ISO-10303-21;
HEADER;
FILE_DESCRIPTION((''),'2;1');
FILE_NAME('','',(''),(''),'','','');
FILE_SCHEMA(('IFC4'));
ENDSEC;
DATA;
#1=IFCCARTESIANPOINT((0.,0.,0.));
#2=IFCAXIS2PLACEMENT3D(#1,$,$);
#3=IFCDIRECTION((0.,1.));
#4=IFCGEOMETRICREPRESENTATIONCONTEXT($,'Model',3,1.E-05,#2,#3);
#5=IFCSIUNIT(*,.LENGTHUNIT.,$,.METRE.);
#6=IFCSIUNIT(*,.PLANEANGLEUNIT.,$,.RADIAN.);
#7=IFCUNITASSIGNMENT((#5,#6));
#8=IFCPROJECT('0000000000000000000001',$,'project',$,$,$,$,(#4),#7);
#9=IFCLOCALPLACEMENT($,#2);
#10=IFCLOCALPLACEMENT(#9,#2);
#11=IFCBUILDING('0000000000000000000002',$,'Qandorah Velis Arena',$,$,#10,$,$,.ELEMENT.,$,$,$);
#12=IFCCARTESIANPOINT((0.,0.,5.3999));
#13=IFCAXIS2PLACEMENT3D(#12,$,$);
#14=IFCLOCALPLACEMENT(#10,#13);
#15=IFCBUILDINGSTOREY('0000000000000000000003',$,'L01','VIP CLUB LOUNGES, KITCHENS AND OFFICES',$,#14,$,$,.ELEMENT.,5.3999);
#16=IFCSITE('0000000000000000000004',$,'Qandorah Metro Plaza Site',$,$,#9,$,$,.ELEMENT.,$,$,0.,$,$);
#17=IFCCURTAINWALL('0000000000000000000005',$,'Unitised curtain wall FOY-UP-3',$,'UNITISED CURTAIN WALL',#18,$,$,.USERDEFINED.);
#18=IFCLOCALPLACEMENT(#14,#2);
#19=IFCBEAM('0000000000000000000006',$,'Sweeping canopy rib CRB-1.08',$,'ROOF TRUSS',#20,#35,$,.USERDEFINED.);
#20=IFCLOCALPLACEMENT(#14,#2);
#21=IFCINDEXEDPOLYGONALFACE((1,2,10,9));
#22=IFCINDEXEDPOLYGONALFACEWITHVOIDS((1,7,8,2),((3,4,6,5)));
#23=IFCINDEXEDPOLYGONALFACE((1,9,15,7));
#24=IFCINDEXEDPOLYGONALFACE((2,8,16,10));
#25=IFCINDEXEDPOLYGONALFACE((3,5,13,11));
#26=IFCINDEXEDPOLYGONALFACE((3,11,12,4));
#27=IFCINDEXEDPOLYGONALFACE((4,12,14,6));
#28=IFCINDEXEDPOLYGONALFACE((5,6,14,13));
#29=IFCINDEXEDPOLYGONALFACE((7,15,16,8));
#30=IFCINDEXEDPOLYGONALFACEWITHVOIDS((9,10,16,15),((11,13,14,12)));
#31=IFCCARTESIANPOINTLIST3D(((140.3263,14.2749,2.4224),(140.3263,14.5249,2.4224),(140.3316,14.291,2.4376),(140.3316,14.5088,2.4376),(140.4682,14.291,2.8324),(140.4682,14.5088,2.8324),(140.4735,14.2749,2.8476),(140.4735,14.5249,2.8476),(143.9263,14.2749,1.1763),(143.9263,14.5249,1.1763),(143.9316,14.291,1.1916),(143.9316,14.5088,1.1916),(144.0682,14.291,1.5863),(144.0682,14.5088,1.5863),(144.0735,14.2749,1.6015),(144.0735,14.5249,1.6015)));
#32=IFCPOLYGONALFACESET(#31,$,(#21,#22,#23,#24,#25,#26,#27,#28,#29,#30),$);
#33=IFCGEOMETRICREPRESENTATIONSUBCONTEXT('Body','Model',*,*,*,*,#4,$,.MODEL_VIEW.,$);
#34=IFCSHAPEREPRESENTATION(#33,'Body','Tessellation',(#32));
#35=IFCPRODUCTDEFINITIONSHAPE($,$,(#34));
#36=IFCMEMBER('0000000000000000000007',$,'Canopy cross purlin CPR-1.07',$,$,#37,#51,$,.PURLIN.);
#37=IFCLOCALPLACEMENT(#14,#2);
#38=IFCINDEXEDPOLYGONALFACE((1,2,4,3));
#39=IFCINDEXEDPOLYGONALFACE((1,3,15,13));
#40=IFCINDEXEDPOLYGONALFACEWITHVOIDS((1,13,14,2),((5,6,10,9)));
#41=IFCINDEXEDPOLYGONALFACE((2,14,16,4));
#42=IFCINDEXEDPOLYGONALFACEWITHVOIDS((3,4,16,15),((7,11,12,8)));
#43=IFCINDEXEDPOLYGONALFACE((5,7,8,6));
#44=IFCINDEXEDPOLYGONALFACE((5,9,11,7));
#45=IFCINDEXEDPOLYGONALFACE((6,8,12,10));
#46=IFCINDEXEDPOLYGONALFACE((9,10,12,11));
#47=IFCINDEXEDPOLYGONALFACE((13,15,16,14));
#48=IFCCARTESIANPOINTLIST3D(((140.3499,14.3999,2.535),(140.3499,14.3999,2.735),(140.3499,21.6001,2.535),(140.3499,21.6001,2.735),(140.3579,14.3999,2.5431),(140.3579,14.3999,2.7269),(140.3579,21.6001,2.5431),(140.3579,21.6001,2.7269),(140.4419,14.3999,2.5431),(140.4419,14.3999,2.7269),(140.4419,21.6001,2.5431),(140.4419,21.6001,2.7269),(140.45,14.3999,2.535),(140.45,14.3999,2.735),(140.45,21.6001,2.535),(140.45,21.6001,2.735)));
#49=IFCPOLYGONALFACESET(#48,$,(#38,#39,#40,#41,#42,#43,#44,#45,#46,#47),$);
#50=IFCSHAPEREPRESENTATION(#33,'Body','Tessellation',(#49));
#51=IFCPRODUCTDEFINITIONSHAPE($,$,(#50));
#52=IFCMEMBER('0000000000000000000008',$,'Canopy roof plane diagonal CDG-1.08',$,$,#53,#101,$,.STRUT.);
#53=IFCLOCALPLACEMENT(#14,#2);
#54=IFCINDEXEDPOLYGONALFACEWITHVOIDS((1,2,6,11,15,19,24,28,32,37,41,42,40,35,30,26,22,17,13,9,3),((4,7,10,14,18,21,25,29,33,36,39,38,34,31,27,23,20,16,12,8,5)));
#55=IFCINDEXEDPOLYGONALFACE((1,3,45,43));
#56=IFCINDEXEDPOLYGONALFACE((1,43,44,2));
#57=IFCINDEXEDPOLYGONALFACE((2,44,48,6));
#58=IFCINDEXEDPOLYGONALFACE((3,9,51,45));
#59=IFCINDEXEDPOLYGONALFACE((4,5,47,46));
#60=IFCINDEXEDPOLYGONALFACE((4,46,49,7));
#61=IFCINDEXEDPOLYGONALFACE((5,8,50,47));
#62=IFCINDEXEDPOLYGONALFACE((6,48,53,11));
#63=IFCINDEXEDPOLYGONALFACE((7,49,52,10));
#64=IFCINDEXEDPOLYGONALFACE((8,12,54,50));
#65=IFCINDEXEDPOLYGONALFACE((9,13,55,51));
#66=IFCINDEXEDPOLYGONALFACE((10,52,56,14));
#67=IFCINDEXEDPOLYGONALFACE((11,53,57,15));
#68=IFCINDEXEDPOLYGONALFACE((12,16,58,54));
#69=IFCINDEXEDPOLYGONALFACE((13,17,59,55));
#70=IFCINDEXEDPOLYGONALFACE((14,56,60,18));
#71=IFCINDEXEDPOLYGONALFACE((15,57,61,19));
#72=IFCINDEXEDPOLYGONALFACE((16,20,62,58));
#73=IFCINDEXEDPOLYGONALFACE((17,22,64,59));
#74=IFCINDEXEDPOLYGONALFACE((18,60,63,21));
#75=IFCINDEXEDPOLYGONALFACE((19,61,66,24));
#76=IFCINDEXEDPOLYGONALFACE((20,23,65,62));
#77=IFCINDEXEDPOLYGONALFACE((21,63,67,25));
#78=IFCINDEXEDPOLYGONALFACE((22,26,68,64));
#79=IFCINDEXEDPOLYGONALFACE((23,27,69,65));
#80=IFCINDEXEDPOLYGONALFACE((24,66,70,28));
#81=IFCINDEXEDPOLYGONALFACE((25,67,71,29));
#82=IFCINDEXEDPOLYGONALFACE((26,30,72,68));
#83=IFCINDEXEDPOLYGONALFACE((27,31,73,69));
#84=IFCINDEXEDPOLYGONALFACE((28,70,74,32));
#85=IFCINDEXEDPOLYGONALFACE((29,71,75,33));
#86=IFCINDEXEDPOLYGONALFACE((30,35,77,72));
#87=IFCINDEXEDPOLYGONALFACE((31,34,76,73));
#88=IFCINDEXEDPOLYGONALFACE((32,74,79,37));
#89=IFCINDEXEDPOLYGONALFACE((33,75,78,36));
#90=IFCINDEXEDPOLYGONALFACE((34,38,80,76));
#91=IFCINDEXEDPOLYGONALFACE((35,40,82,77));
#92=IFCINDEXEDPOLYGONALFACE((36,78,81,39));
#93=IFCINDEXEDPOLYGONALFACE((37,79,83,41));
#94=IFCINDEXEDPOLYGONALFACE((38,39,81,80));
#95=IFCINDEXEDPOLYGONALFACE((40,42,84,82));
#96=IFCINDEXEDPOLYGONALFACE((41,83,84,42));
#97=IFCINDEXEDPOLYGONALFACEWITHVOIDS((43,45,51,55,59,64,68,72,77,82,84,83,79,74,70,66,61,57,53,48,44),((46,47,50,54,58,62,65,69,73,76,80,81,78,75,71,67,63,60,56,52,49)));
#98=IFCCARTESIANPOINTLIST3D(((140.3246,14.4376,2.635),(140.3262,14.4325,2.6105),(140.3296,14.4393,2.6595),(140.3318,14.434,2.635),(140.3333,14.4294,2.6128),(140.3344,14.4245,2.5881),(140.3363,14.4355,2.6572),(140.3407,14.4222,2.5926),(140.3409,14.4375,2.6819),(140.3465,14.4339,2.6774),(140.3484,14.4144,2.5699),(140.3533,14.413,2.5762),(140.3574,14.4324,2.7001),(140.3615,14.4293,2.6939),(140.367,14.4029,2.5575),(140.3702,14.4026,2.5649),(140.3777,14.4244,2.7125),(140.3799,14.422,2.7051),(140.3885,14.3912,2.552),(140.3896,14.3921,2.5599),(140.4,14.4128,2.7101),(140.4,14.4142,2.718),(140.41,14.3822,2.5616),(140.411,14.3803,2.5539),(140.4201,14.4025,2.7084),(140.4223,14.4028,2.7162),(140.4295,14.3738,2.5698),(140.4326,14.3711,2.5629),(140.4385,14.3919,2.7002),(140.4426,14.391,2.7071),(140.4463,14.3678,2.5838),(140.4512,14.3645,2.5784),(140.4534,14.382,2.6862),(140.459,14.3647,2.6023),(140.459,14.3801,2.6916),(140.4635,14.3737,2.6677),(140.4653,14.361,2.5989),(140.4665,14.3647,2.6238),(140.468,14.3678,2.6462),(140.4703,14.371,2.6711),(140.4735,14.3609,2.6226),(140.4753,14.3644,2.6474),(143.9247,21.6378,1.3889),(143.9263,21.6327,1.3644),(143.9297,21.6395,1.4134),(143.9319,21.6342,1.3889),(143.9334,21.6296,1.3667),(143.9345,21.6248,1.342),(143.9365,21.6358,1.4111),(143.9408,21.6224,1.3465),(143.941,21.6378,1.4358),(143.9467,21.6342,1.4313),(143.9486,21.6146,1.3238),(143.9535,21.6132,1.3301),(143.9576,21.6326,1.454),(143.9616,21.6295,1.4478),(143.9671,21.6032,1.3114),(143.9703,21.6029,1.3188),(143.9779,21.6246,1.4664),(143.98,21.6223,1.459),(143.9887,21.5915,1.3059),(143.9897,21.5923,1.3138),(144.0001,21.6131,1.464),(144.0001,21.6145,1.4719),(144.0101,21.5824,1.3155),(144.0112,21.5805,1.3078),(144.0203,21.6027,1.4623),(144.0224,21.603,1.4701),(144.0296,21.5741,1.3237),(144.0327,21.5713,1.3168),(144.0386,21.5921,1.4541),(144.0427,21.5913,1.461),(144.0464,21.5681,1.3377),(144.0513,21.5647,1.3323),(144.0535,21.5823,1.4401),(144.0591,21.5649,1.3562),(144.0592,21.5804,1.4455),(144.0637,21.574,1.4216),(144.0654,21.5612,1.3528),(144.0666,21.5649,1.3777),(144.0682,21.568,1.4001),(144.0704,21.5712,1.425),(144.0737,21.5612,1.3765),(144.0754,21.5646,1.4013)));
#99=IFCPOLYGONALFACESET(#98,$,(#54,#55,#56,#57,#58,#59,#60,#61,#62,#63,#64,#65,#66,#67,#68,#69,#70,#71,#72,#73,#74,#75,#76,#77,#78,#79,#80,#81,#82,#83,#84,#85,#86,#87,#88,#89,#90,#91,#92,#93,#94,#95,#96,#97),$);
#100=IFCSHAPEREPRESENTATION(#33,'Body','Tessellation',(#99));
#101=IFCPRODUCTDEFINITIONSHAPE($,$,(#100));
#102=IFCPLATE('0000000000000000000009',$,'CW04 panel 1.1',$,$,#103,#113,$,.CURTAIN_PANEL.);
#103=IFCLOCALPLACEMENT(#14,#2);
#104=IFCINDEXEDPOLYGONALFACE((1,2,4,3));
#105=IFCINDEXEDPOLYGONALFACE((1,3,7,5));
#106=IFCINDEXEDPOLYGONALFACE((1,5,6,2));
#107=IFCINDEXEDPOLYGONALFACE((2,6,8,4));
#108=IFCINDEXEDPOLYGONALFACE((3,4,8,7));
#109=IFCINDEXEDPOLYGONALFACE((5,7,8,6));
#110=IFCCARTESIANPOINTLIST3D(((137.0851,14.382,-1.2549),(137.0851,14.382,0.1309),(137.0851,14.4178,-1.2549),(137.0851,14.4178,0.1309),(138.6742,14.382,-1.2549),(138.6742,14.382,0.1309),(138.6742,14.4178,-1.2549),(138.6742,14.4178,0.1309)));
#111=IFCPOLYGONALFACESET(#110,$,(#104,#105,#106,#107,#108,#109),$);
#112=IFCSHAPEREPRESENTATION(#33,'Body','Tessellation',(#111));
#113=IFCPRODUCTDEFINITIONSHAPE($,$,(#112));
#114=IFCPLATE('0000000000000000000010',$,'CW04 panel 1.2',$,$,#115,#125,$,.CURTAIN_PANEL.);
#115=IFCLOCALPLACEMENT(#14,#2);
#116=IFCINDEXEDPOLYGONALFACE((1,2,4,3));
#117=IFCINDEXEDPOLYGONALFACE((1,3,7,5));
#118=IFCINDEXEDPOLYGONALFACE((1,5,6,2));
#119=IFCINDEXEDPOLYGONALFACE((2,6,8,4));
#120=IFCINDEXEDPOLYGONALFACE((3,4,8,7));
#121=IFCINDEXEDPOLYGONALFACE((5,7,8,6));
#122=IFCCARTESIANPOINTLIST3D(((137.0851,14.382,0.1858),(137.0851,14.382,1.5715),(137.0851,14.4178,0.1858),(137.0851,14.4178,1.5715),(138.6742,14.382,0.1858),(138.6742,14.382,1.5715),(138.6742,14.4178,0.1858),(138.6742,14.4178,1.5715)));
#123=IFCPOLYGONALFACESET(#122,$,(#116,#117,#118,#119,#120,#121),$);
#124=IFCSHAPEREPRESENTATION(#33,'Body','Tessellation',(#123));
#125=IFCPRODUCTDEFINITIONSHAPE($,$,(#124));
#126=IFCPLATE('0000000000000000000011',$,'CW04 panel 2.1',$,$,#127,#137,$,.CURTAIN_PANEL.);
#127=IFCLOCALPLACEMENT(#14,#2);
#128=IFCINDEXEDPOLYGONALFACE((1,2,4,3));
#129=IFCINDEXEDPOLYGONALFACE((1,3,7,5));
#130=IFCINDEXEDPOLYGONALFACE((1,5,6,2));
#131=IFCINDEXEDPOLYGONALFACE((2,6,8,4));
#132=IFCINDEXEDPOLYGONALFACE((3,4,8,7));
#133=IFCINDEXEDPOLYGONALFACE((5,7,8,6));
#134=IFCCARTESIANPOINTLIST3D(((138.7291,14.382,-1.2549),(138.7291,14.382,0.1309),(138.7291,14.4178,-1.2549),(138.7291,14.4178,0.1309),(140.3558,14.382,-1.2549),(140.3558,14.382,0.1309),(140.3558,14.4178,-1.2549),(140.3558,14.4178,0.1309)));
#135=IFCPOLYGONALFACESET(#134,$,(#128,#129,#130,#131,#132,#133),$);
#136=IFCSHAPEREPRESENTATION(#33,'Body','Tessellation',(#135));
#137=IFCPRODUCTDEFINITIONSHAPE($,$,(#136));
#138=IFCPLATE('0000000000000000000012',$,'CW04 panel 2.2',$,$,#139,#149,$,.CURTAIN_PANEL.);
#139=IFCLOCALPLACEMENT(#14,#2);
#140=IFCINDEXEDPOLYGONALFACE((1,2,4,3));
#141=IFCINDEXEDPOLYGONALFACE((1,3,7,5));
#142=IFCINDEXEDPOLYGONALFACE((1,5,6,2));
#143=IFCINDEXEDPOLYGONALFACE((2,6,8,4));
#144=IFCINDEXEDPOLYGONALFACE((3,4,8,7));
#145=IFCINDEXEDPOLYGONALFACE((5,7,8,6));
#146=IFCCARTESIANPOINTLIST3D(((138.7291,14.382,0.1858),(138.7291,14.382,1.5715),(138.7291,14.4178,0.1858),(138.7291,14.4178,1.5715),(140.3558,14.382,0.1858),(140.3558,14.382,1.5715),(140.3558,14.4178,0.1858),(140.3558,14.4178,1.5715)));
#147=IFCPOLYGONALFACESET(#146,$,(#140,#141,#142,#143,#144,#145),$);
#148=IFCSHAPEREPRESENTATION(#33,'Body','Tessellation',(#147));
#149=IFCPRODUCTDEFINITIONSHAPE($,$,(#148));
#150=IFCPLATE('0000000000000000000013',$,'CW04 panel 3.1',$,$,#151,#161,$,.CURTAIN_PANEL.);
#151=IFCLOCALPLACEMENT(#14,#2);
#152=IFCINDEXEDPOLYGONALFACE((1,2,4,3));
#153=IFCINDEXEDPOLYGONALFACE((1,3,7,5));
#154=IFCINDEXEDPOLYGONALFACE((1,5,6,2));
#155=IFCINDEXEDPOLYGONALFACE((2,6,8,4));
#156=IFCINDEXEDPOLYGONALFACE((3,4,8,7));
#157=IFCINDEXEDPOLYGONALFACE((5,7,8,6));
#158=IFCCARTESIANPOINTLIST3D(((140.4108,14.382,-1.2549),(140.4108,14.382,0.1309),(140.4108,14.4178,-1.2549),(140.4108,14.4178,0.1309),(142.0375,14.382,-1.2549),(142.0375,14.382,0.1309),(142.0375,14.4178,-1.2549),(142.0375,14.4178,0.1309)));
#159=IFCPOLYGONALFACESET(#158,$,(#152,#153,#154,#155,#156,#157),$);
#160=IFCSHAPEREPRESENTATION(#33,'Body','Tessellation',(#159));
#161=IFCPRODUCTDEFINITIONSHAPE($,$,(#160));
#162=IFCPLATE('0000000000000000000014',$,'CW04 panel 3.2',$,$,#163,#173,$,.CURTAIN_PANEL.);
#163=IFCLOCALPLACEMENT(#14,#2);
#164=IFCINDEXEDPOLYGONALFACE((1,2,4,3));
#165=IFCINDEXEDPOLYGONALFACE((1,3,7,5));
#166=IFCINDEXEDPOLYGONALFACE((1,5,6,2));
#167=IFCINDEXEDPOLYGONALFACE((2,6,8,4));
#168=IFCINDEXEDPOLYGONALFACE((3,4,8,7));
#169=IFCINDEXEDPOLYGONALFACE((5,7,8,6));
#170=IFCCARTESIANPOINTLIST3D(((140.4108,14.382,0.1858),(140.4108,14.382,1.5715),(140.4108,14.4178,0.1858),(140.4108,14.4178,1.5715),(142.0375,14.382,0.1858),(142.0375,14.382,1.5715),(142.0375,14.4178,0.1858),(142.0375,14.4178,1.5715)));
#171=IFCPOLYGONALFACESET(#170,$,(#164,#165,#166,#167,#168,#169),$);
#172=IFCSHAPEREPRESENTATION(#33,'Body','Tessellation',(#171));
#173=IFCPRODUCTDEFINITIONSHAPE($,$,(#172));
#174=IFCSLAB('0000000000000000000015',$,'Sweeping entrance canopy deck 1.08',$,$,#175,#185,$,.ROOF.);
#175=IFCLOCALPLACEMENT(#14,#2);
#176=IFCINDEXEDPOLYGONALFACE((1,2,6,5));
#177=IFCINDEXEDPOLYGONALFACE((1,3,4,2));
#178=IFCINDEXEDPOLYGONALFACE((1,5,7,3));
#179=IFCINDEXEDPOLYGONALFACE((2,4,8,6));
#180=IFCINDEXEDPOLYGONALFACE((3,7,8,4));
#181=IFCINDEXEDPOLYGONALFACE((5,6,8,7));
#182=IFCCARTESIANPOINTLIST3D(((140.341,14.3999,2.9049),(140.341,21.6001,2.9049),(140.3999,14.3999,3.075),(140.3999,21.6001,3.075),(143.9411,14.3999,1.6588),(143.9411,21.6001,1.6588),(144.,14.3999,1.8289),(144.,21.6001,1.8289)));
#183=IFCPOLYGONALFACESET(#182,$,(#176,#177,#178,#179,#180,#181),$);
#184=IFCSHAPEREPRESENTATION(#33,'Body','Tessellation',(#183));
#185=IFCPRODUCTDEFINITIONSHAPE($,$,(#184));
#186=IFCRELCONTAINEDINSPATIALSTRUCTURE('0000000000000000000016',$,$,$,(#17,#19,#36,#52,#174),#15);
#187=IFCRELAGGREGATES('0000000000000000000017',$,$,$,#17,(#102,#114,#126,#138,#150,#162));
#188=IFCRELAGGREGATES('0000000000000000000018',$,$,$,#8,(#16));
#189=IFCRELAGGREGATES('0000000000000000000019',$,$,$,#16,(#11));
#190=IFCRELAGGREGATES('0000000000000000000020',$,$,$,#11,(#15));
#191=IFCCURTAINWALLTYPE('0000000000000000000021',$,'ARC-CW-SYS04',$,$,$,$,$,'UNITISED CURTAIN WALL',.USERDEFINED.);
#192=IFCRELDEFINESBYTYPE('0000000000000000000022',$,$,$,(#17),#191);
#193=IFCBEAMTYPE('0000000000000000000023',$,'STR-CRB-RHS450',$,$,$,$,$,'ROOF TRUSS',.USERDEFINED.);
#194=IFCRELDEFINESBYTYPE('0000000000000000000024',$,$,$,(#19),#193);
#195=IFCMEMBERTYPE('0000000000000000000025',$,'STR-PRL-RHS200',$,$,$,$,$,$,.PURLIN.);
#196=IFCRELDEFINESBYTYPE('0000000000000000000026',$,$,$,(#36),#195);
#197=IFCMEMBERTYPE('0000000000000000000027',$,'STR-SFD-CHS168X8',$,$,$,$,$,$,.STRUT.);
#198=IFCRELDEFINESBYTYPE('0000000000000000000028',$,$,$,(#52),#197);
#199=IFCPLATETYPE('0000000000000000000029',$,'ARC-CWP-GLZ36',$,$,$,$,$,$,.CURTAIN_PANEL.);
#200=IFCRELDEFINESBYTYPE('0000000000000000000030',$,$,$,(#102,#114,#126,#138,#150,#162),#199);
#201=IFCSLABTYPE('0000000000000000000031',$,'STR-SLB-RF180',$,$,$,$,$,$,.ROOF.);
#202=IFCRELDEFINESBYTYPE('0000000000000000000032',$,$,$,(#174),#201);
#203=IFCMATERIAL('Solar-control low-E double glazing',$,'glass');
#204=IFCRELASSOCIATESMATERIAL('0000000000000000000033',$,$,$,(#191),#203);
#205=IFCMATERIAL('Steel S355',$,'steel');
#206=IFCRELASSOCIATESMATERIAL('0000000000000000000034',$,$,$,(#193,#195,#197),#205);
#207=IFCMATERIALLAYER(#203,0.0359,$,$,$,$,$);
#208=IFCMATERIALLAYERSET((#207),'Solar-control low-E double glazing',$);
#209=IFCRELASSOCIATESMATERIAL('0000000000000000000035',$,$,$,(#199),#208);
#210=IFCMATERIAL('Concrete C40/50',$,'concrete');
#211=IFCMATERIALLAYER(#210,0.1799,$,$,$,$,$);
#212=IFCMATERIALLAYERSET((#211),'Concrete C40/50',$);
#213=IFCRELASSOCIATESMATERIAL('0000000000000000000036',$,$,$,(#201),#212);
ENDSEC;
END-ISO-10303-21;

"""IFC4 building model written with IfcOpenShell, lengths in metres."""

from ifc_helpers import new_model, si_unit, direction, frame, origin, origin_2d, place, context, subcontext, project, spatial, polyline, rectangle, hollow_rectangle, hollow_circle, outline, extrude, material, layer, layer_set, material_profile, profile_set, type_object, element, aggregate, save


model = new_model("IFC4")

# Units and contexts
model_context = context("Model", 3, precision=1e-05, world=origin(), true_north=direction((0.0, 1.0)))
body_context = subcontext(model_context, "Body", "Model", "MODEL_VIEW")
ifc_project = project(units=[si_unit("LENGTHUNIT", "METRE"), si_unit("PLANEANGLEUNIT", "RADIAN")], contexts=[model_context])

# Site, building, storey
site_placement = place(None, origin())
site = spatial("IfcSite", under=ifc_project, at=site_placement, Name="Qandorah Metro Plaza Site", CompositionType="ELEMENT", RefElevation=0.0)
building_placement = place(site_placement, origin())
building = spatial("IfcBuilding", under=site, at=building_placement, Name="Qandorah Velis Arena", CompositionType="ELEMENT")
storey_placement = place(building_placement, frame((0.0, 0.0, 5.3999)))
storey = spatial("IfcBuildingStorey", under=building, at=storey_placement, Name="L01", Description="VIP CLUB LOUNGES, KITCHENS AND OFFICES", CompositionType="ELEMENT", Elevation=5.3999)

# Curtain wall
ifc_material_1 = material(Name="Solar-control low-E double glazing", Category="glass")
curtain_wall_type = type_object("IfcCurtainWallType", Name="ARC-CW-SYS04", ElementType="UNITISED CURTAIN WALL", PredefinedType="USERDEFINED", material=ifc_material_1)
curtain_wall_placement = place(storey_placement, origin())
curtain_wall = element("IfcCurtainWall", 1, at=curtain_wall_placement, inside=storey, type_object=curtain_wall_type, Name="Unitised curtain wall FOY-UP-3", ObjectType="UNITISED CURTAIN WALL", PredefinedType="USERDEFINED")

# Beam
ifc_material_2 = material(Name="Steel S355", Category="steel")
ifc_material_profile_1 = material_profile(ifc_material_2, hollow_rectangle(XDim=0.25, YDim=0.45, WallThickness=0.0161, at=origin_2d()), Name="RHS 450x250x16")
ifc_profile_set_1 = profile_set([ifc_material_profile_1], Name="Steel S355")
beam_type = type_object("IfcBeamType", Name="STR-CRB-RHS450", ElementType="ROOF TRUSS", PredefinedType="USERDEFINED", material=ifc_profile_set_1)
beam_placement = place(storey_placement, frame((140.3999, 14.3999, 2.635), z_axis=(0.944994, 0.0, -0.327089), x_axis=(0.0, 1.0, 0.0)))
element("IfcBeam", 2, at=beam_placement, inside=storey, type_object=beam_type, Name="Sweeping canopy rib CRB-1.08", ObjectType="ROOF TRUSS", PredefinedType="USERDEFINED", context=body_context, shape_type="SweptSolid", body=[
    extrude(hollow_rectangle(XDim=0.25, YDim=0.45, WallThickness=0.0161, at=origin_2d()), origin(), (0.0, 0.0, 1.0), 3.8096),
])

# Members
ifc_material_profile_2 = material_profile(ifc_material_2, hollow_rectangle(XDim=0.1001, YDim=0.2, WallThickness=0.0081, at=origin_2d()), Name="RHS 200x100x8")
ifc_profile_set_2 = profile_set([ifc_material_profile_2], Name="Steel S355")
member_type_1 = type_object("IfcMemberType", Name="STR-PRL-RHS200", PredefinedType="PURLIN", material=ifc_profile_set_2)
member_1_placement = place(storey_placement, frame((140.3999, 14.3999, 2.635), z_axis=(0.0, 1.0, 0.0), x_axis=(-1.0, 0.0, 0.0)))
element("IfcMember", 3, at=member_1_placement, inside=storey, type_object=member_type_1, Name="Canopy cross purlin CPR-1.07", PredefinedType="PURLIN", context=body_context, shape_type="SweptSolid", body=[
    extrude(hollow_rectangle(XDim=0.1001, YDim=0.2, WallThickness=0.0081, at=origin_2d()), origin(), (0.0, 0.0, 1.0), 7.2002),
])
ifc_material_profile_3 = material_profile(ifc_material_2, hollow_circle(Radius=0.0842, WallThickness=0.0081, at=origin_2d()), Name="CHS 168.3x8")
ifc_profile_set_3 = profile_set([ifc_material_profile_3], Name="Steel S355")
member_type_2 = type_object("IfcMemberType", Name="STR-SFD-CHS168X8", PredefinedType="STRUT", material=ifc_profile_set_3)
member_2_placement = place(storey_placement, frame((140.3999, 14.3999, 2.635), z_axis=(0.44195, 0.8839, -0.152971), x_axis=(-0.894427, 0.447214, 0.0)))
element("IfcMember", 4, at=member_2_placement, inside=storey, type_object=member_type_2, Name="Canopy roof plane diagonal CDG-1.08", PredefinedType="STRUT", context=body_context, shape_type="SweptSolid", body=[
    extrude(hollow_circle(Radius=0.0842, WallThickness=0.0081, at=origin_2d()), origin(), (0.0, 0.0, 1.0), 8.146),
])

# Plates
ifc_layer_1 = layer(ifc_material_1, 0.0359)
ifc_layer_set_1 = layer_set([ifc_layer_1], Name="Solar-control low-E double glazing")
plate_type = type_object("IfcPlateType", Name="ARC-CWP-GLZ36", PredefinedType="CURTAIN_PANEL", material=ifc_layer_set_1)
plate_1_placement = place(storey_placement, frame((137.8796, 14.3999, -1.2549), z_axis=(0.0, 0.0, 1.0), x_axis=(1.0, 0.0, 0.0)))
plate_1 = element("IfcPlate", 5, at=plate_1_placement, type_object=plate_type, Name="CW04 panel 1.1", PredefinedType="CURTAIN_PANEL", context=body_context, shape_type="SweptSolid", body=[
    extrude(rectangle(XDim=1.5891, YDim=0.0359, at=origin_2d()), origin(), (0.0, 0.0, 1.0), 1.3857),
])
plate_2_placement = place(storey_placement, frame((137.8796, 14.3999, 0.1858), z_axis=(0.0, 0.0, 1.0), x_axis=(1.0, 0.0, 0.0)))
plate_2 = element("IfcPlate", 6, at=plate_2_placement, type_object=plate_type, Name="CW04 panel 1.2", PredefinedType="CURTAIN_PANEL", context=body_context, shape_type="SweptSolid", body=[
    extrude(rectangle(XDim=1.5891, YDim=0.0359, at=origin_2d()), origin(), (0.0, 0.0, 1.0), 1.3857),
])
plate_3_placement = place(storey_placement, frame((139.5425, 14.3999, -1.2549), z_axis=(0.0, 0.0, 1.0), x_axis=(1.0, 0.0, 0.0)))
plate_3 = element("IfcPlate", 7, at=plate_3_placement, type_object=plate_type, Name="CW04 panel 2.1", PredefinedType="CURTAIN_PANEL", context=body_context, shape_type="SweptSolid", body=[
    extrude(rectangle(XDim=1.6267, YDim=0.0359, at=origin_2d()), origin(), (0.0, 0.0, 1.0), 1.3857),
])
plate_4_placement = place(storey_placement, frame((139.5425, 14.3999, 0.1858), z_axis=(0.0, 0.0, 1.0), x_axis=(1.0, 0.0, 0.0)))
plate_4 = element("IfcPlate", 8, at=plate_4_placement, type_object=plate_type, Name="CW04 panel 2.2", PredefinedType="CURTAIN_PANEL", context=body_context, shape_type="SweptSolid", body=[
    extrude(rectangle(XDim=1.6267, YDim=0.0359, at=origin_2d()), origin(), (0.0, 0.0, 1.0), 1.3857),
])
plate_5_placement = place(storey_placement, frame((141.2241, 14.3999, -1.2549), z_axis=(0.0, 0.0, 1.0), x_axis=(1.0, 0.0, 0.0)))
plate_5 = element("IfcPlate", 9, at=plate_5_placement, type_object=plate_type, Name="CW04 panel 3.1", PredefinedType="CURTAIN_PANEL", context=body_context, shape_type="SweptSolid", body=[
    extrude(rectangle(XDim=1.6267, YDim=0.0359, at=origin_2d()), origin(), (0.0, 0.0, 1.0), 1.3857),
])
plate_6_placement = place(storey_placement, frame((141.2241, 14.3999, 0.1858), z_axis=(0.0, 0.0, 1.0), x_axis=(1.0, 0.0, 0.0)))
plate_6 = element("IfcPlate", 10, at=plate_6_placement, type_object=plate_type, Name="CW04 panel 3.2", PredefinedType="CURTAIN_PANEL", context=body_context, shape_type="SweptSolid", body=[
    extrude(rectangle(XDim=1.6267, YDim=0.0359, at=origin_2d()), origin(), (0.0, 0.0, 1.0), 1.3857),
])
aggregate(curtain_wall, [plate_1, plate_2, plate_3, plate_4, plate_5, plate_6])

# Slab
ifc_material_3 = material(Name="Concrete C40/50", Category="concrete")
ifc_layer_2 = layer(ifc_material_3, 0.1799)
ifc_layer_set_2 = layer_set([ifc_layer_2], Name="Concrete C40/50")
slab_type = type_object("IfcSlabType", Name="STR-SLB-RF180", PredefinedType="ROOF", material=ifc_layer_set_2)
slab_placement = place(storey_placement, frame((140.3999, 14.3999, 3.075), z_axis=(0.327089, 0.0, 0.944994), x_axis=(0.944994, 0.0, -0.327089)))
element("IfcSlab", 11, at=slab_placement, inside=storey, type_object=slab_type, Name="Sweeping entrance canopy deck 1.08", PredefinedType="ROOF", context=body_context, shape_type="SweptSolid", body=[
    extrude(outline(polyline([(0.0, 0.0), (3.8097, 0.0), (3.8097, 7.2002), (0.0, 7.2002), (0.0, 0.0)])), origin(), (0.0, 0.0, -1.0), 0.1799),
])

save(model, "model.ifc")
